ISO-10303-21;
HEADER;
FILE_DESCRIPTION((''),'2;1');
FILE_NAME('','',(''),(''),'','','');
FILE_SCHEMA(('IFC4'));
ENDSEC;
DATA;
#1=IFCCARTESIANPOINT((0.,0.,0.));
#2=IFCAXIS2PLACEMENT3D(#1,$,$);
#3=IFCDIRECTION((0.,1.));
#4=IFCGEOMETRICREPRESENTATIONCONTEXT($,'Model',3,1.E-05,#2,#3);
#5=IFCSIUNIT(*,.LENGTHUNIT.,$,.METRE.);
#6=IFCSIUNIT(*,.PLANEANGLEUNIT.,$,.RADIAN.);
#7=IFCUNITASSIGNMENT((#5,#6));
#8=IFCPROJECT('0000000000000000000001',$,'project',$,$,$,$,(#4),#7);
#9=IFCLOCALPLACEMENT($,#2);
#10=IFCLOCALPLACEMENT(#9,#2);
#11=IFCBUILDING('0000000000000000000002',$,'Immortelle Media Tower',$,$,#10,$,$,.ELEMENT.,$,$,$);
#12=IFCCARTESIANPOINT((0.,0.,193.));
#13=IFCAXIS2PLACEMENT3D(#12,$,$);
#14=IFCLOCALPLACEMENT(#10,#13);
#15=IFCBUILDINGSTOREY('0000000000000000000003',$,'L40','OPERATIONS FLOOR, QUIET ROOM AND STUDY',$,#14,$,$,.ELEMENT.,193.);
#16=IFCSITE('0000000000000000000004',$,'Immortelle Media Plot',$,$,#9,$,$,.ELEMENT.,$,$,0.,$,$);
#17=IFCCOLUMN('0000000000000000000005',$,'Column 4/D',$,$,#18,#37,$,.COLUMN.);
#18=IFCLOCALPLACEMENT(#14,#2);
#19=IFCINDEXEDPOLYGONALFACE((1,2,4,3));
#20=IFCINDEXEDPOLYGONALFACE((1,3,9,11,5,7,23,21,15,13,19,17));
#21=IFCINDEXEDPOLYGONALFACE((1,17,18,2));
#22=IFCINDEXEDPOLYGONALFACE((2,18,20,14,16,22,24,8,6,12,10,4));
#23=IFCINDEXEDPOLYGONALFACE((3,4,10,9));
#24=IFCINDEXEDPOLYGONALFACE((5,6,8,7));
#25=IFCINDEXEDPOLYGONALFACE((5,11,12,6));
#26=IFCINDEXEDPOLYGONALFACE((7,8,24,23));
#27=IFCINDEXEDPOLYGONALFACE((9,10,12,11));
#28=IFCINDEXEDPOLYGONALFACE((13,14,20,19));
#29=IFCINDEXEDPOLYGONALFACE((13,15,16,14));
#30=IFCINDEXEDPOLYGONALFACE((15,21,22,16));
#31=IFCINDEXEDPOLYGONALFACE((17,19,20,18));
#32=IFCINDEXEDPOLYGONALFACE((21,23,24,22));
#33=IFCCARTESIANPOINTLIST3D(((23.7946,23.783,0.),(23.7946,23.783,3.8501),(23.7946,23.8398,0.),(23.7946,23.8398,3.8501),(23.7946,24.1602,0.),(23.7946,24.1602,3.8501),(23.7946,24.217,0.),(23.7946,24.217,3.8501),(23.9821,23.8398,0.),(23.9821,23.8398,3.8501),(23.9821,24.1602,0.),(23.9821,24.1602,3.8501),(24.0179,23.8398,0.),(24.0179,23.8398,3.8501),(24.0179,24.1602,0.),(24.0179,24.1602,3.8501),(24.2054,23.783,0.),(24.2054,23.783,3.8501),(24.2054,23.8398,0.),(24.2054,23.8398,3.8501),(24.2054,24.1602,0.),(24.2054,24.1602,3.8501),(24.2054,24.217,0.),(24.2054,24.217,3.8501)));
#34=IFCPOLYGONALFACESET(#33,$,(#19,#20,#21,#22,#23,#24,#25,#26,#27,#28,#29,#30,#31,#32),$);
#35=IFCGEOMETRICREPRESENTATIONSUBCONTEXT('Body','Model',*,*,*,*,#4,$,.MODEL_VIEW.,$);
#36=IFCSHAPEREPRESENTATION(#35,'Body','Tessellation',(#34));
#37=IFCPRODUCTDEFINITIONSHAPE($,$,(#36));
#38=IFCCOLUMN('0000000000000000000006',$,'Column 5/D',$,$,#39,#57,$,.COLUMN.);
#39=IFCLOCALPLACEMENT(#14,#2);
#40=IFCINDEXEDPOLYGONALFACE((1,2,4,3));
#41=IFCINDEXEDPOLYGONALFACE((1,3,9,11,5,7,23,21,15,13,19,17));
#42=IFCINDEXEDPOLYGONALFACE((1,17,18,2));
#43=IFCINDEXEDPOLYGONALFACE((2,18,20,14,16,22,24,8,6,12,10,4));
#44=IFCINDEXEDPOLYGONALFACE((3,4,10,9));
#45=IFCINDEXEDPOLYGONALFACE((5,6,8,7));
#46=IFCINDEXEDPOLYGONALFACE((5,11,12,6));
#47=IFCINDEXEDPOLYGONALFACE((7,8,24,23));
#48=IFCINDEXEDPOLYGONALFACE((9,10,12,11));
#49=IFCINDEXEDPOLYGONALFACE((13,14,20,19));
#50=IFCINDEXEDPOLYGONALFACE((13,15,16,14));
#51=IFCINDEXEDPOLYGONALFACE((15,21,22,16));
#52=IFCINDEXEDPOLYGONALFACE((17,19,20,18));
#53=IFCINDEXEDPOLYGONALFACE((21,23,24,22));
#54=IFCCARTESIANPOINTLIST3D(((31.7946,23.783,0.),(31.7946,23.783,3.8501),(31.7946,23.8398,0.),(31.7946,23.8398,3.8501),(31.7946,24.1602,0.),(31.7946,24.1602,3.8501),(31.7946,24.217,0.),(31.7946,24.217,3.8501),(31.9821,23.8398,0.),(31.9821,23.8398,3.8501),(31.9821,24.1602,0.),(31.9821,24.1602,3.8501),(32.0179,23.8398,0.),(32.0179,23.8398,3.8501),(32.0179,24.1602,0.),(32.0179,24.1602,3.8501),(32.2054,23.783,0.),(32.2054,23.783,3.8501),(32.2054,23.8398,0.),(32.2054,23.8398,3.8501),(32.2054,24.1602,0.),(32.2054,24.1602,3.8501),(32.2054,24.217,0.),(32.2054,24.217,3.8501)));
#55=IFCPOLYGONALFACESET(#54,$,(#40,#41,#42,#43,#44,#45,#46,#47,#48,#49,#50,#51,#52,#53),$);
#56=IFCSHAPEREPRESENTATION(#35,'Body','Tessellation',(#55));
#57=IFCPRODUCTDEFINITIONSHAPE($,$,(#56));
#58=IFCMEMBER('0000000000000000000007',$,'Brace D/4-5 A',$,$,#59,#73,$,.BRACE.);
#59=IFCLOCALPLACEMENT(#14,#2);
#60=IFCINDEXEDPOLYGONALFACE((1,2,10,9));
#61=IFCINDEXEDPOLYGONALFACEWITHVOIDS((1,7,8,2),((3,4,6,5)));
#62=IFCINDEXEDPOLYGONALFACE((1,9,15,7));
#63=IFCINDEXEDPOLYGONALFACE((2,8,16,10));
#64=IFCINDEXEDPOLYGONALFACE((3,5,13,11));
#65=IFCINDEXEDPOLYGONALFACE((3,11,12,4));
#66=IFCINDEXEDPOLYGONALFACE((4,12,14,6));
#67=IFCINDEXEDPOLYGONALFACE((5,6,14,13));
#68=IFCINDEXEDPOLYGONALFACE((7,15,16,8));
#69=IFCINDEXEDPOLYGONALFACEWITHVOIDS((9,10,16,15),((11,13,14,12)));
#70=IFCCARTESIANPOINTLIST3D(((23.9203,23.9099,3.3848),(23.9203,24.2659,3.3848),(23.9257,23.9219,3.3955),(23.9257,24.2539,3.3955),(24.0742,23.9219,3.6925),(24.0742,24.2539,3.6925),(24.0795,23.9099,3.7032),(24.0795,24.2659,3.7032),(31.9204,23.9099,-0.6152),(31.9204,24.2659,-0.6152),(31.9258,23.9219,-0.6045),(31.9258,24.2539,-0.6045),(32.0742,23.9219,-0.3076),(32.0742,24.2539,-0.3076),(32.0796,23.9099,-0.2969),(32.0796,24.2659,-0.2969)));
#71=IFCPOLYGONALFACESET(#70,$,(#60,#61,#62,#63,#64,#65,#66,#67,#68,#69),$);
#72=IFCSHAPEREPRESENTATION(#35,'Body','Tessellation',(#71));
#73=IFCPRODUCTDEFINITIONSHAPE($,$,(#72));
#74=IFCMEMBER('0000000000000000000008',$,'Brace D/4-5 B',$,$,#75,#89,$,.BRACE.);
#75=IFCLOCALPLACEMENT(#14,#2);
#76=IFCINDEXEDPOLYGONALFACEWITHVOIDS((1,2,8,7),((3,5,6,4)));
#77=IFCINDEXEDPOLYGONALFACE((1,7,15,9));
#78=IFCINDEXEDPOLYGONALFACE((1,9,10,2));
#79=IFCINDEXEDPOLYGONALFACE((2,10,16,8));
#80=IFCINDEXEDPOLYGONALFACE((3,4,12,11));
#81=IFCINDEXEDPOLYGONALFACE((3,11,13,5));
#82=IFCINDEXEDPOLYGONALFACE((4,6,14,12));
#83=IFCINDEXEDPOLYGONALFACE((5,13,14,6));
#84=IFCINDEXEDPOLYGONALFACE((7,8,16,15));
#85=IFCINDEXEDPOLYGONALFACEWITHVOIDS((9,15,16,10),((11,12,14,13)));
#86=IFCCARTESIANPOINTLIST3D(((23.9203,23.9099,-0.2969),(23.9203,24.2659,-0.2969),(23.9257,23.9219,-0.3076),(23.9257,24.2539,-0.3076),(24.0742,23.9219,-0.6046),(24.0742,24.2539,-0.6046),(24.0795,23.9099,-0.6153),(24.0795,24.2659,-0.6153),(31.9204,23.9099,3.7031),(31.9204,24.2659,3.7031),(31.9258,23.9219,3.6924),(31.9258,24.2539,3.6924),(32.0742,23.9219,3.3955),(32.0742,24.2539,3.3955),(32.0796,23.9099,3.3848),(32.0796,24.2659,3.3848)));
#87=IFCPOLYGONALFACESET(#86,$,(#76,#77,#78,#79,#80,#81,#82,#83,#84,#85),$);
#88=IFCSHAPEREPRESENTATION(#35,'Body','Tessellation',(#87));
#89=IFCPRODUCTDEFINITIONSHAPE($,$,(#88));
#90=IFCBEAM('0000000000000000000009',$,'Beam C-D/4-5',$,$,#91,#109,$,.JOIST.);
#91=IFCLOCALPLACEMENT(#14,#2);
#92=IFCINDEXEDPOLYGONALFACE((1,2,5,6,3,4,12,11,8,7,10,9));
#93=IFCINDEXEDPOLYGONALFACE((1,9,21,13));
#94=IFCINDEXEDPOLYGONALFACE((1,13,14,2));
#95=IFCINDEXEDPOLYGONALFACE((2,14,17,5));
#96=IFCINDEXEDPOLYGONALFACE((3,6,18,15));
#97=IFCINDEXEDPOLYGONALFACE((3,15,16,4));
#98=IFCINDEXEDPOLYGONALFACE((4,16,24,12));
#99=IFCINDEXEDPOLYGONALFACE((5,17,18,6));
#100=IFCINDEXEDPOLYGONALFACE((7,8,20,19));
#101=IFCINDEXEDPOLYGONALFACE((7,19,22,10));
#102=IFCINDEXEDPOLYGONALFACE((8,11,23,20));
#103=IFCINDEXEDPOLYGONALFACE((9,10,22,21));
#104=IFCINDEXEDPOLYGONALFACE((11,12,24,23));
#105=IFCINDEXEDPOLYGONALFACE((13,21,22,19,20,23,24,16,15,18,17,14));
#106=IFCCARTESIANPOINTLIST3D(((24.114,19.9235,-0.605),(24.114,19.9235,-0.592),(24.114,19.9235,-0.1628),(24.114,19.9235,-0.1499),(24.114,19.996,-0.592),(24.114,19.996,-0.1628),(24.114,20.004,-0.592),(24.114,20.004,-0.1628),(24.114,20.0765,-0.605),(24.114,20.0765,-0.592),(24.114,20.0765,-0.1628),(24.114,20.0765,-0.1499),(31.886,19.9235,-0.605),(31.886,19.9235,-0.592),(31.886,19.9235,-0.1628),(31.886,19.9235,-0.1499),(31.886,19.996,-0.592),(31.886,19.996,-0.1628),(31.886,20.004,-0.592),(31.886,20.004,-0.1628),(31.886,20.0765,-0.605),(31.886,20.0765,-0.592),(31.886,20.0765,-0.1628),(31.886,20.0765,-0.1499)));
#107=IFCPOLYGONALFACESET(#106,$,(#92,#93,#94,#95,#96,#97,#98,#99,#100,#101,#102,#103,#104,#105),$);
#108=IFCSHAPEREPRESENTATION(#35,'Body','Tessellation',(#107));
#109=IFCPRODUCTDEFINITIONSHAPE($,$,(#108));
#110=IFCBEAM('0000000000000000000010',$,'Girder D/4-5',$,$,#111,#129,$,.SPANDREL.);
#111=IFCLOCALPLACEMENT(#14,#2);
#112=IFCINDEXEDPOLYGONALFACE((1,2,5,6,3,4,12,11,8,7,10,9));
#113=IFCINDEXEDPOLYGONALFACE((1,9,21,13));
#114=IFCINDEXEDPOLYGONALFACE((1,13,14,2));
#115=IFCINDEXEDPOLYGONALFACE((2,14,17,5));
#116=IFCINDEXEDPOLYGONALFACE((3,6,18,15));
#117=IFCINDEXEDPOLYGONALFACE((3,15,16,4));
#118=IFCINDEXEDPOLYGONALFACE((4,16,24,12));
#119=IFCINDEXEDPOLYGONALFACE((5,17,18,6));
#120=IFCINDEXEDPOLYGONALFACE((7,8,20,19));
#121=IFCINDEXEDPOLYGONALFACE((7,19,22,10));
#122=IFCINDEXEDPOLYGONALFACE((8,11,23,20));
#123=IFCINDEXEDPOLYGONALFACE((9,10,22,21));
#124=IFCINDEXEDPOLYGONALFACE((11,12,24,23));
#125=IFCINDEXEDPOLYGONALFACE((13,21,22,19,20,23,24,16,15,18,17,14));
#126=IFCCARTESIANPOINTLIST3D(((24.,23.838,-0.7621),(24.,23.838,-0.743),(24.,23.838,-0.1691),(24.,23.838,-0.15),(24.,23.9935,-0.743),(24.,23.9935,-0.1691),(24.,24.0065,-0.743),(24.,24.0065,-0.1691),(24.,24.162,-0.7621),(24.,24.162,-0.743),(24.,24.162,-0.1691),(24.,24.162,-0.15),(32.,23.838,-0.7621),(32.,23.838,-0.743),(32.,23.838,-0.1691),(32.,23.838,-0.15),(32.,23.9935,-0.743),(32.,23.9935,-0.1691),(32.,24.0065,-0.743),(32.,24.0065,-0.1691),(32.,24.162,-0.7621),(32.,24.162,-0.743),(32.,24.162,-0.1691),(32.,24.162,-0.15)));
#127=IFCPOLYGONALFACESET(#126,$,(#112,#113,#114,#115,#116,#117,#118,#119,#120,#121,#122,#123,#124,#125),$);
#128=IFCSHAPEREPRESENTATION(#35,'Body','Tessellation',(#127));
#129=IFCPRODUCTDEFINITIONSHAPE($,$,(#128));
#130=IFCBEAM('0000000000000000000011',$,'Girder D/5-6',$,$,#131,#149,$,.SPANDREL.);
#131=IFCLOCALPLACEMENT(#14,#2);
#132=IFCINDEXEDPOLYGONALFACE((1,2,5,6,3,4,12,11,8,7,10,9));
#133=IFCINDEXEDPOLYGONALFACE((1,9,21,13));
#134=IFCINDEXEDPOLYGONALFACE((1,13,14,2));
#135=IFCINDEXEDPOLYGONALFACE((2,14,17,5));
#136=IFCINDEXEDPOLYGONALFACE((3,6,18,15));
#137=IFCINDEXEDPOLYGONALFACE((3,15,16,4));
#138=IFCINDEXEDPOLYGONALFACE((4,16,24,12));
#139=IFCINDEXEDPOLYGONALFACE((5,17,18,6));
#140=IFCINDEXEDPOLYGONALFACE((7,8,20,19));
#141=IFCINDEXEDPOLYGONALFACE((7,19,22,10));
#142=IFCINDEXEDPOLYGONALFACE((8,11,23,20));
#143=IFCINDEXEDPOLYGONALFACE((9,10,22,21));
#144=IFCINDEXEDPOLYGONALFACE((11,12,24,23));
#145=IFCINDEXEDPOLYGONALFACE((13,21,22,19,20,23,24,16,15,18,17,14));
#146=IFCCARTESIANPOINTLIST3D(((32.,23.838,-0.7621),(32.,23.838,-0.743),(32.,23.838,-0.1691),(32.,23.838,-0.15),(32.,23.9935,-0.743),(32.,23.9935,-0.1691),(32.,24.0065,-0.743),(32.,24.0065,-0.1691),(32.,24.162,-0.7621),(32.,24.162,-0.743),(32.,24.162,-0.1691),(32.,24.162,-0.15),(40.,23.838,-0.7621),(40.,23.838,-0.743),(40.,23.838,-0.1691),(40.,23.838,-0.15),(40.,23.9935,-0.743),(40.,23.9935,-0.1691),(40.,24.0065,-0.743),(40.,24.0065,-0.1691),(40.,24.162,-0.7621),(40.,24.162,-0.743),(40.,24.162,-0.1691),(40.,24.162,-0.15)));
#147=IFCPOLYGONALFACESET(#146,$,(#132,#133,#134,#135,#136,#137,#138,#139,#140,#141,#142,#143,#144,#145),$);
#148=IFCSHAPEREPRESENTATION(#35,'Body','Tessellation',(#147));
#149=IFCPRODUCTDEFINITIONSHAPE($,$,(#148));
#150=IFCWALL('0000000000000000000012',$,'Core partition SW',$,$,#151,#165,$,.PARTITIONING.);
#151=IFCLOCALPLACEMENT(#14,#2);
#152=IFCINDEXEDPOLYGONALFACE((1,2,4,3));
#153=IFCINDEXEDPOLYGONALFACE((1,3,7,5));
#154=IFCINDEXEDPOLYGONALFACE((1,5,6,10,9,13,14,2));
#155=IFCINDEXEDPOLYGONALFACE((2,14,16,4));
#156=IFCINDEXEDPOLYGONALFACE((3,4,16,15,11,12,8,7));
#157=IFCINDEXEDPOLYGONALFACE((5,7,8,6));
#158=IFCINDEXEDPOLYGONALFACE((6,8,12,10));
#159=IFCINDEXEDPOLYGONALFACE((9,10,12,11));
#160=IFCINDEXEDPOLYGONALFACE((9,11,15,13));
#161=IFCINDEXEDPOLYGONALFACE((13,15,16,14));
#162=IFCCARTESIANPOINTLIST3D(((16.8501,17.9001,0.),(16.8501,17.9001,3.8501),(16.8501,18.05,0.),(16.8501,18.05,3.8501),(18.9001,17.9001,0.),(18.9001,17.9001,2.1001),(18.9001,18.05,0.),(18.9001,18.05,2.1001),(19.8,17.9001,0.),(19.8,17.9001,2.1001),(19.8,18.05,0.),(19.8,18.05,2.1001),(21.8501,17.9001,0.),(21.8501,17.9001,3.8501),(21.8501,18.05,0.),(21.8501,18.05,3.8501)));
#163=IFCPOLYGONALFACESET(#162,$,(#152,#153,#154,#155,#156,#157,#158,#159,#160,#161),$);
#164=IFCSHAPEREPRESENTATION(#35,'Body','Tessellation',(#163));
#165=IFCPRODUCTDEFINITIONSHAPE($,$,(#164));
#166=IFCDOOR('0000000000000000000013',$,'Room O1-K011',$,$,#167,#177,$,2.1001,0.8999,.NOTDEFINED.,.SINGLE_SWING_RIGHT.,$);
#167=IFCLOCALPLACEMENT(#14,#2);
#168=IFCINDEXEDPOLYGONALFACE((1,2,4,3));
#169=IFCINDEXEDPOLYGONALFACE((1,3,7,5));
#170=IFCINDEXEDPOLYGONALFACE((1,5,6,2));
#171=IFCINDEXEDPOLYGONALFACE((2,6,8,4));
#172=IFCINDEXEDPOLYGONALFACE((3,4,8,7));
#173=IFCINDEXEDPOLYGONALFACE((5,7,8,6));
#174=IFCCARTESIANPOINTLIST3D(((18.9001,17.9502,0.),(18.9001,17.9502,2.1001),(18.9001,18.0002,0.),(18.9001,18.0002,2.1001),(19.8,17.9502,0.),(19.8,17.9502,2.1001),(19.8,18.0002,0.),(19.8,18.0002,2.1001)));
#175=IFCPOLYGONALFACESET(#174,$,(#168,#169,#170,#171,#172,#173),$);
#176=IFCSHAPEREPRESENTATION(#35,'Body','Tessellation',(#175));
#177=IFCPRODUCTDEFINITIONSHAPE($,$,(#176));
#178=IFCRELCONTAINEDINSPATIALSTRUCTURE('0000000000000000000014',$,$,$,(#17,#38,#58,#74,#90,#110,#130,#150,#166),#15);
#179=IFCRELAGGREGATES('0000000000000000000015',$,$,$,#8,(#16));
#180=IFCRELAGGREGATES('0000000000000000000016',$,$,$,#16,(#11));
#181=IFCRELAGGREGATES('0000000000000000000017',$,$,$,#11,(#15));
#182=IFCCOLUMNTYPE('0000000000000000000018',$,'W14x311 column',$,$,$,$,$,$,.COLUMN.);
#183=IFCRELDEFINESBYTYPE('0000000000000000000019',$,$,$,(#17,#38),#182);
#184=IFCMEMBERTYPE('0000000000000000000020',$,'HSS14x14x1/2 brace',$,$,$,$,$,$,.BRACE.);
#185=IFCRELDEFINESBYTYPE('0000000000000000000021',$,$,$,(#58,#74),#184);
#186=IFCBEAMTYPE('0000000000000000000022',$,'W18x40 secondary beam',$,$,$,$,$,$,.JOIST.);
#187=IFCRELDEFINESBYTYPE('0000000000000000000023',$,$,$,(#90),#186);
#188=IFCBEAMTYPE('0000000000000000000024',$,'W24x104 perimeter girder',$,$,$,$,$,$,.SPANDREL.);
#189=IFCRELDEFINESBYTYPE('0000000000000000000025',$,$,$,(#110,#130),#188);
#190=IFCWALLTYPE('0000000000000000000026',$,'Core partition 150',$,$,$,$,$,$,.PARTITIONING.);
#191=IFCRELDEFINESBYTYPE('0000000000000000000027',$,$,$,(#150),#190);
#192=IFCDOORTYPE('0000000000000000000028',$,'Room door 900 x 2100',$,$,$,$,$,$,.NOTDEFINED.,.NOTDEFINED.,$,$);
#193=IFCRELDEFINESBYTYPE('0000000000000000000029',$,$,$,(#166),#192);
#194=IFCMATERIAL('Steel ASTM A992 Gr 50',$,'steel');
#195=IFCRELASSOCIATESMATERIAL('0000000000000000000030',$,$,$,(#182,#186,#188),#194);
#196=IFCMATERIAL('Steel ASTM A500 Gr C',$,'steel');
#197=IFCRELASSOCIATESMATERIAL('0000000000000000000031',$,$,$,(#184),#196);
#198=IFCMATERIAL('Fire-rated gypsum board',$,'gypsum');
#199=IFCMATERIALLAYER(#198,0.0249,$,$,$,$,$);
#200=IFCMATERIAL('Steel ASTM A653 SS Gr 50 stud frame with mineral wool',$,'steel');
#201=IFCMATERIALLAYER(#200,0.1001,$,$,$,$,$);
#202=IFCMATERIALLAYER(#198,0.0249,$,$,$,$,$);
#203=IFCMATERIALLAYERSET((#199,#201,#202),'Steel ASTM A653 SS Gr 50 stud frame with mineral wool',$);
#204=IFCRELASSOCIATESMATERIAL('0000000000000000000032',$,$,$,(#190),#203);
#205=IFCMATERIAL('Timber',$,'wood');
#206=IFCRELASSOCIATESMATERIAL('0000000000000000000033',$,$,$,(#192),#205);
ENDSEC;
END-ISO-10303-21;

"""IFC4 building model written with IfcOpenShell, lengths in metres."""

from ifc_helpers import new_model, si_unit, direction, frame, frame_2d, origin, origin_2d, place, context, subcontext, project, spatial, rectangle, hollow_rectangle, i_section, extrude, material, layer, layer_set, material_profile, profile_set, type_object, element, fill, save


model = new_model("IFC4")

# Units and contexts
model_context = context("Model", 3, precision=1e-05, world=origin(), true_north=direction((0.0, 1.0)))
body_context = subcontext(model_context, "Body", "Model", "MODEL_VIEW")
ifc_project = project(units=[si_unit("LENGTHUNIT", "METRE"), si_unit("PLANEANGLEUNIT", "RADIAN")], contexts=[model_context])

# Site, building, storey
site_placement = place(None, origin())
site = spatial("IfcSite", under=ifc_project, at=site_placement, Name="Immortelle Media Plot", CompositionType="ELEMENT", RefElevation=0.0)
building_placement = place(site_placement, origin())
building = spatial("IfcBuilding", under=site, at=building_placement, Name="Immortelle Media Tower", CompositionType="ELEMENT")
storey_placement = place(building_placement, frame((0.0, 0.0, 193.0)))
storey = spatial("IfcBuildingStorey", under=building, at=storey_placement, Name="L40", Description="OPERATIONS FLOOR, QUIET ROOM AND STUDY", CompositionType="ELEMENT", Elevation=193.0)

# Columns
ifc_material_1 = material(Name="Steel ASTM A992 Gr 50", Category="steel")
ifc_material_profile_1 = material_profile(ifc_material_1, i_section(OverallWidth=0.4109, OverallDepth=0.4341, WebThickness=0.0359, FlangeThickness=0.0569, at=origin_2d()), Name="W14x311")
ifc_profile_set_1 = profile_set([ifc_material_profile_1], Name="Steel ASTM A992 Gr 50")
column_type = type_object("IfcColumnType", Name="W14x311 column", PredefinedType="COLUMN", material=ifc_profile_set_1)
for number, where, z_axis, x_axis, name in (
    (1, (24.0, 24.0, 0.0), (0.0, 0.0, 1.0), (1.0, 0.0, 0.0), "Column 4/D"),
    (2, (32.0, 24.0, 0.0), (0.0, 0.0, 1.0), (1.0, 0.0, 0.0), "Column 5/D"),
):
    element("IfcColumn", number, at=place(storey_placement, frame(where, z_axis=z_axis, x_axis=x_axis)), inside=storey, type_object=column_type, Name=name, PredefinedType="COLUMN", context=body_context, shape_type="SweptSolid", body=[
        extrude(i_section(OverallWidth=0.4109, OverallDepth=0.4341, WebThickness=0.0359, FlangeThickness=0.0569, at=origin_2d()), origin(), (0.0, 0.0, 1.0), 3.8501),
    ])

# Members
ifc_material_2 = material(Name="Steel ASTM A500 Gr C", Category="steel")
ifc_material_profile_2 = material_profile(ifc_material_2, hollow_rectangle(XDim=0.356, YDim=0.356, WallThickness=0.012, at=origin_2d()), Name="HSS14x14x1/2 brace")
ifc_profile_set_2 = profile_set([ifc_material_profile_2], Name="Steel ASTM A500 Gr C")
member_type = type_object("IfcMemberType", Name="HSS14x14x1/2 brace", PredefinedType="BRACE", material=ifc_profile_set_2)
for number, where, z_axis, x_axis, name in (
    (3, (32.0, 24.0879, -0.4561), (-0.894427, 0.0, 0.447214), (0.0, -1.0, 0.0), "Brace D/4-5 A"),
    (4, (32.0, 24.0879, 3.5439), (-0.894427, 0.0, -0.447214), (0.0, -1.0, 0.0), "Brace D/4-5 B"),
):
    element("IfcMember", number, at=place(storey_placement, frame(where, z_axis=z_axis, x_axis=x_axis)), inside=storey, type_object=member_type, Name=name, PredefinedType="BRACE", context=body_context, shape_type="SweptSolid", body=[
        extrude(hollow_rectangle(XDim=0.356, YDim=0.356, WallThickness=0.012, at=origin_2d()), origin(), (0.0, 0.0, 1.0), 8.9443),
    ])

# Beams
ifc_material_profile_3 = material_profile(ifc_material_1, i_section(OverallWidth=0.1531, OverallDepth=0.4551, WebThickness=0.0081, FlangeThickness=0.0129, at=origin_2d()), Name="W18x40")
ifc_profile_set_3 = profile_set([ifc_material_profile_3], Name="Steel ASTM A992 Gr 50")
beam_type_1 = type_object("IfcBeamType", Name="W18x40 secondary beam", PredefinedType="JOIST", material=ifc_profile_set_3)
beam_placement = place(storey_placement, frame((24.114, 20.0, -0.3774), z_axis=(1.0, 0.0, 0.0), x_axis=(0.0, 1.0, 0.0)))
element("IfcBeam", 5, at=beam_placement, inside=storey, type_object=beam_type_1, Name="Beam C-D/4-5", PredefinedType="JOIST", context=body_context, shape_type="SweptSolid", body=[
    extrude(i_section(OverallWidth=0.1531, OverallDepth=0.4551, WebThickness=0.0081, FlangeThickness=0.0129, at=origin_2d()), origin(), (0.0, 0.0, 1.0), 7.772),
])
ifc_material_profile_4 = material_profile(ifc_material_1, i_section(OverallWidth=0.324, OverallDepth=0.6121, WebThickness=0.0129, FlangeThickness=0.019, at=origin_2d()), Name="W24x104")
ifc_profile_set_4 = profile_set([ifc_material_profile_4], Name="Steel ASTM A992 Gr 50")
beam_type_2 = type_object("IfcBeamType", Name="W24x104 perimeter girder", PredefinedType="SPANDREL", material=ifc_profile_set_4)
for number, where, z_axis, x_axis, name in (
    (6, (24.0, 24.0, -0.4561), (1.0, 0.0, 0.0), (0.0, 1.0, 0.0), "Girder D/4-5"),
    (7, (32.0, 24.0, -0.4561), (1.0, 0.0, 0.0), (0.0, 1.0, 0.0), "Girder D/5-6"),
):
    element("IfcBeam", number, at=place(storey_placement, frame(where, z_axis=z_axis, x_axis=x_axis)), inside=storey, type_object=beam_type_2, Name=name, PredefinedType="SPANDREL", context=body_context, shape_type="SweptSolid", body=[
        extrude(i_section(OverallWidth=0.324, OverallDepth=0.6121, WebThickness=0.0129, FlangeThickness=0.019, at=origin_2d()), origin(), (0.0, 0.0, 1.0), 8.0),
    ])

# Wall, opening, door
ifc_material_3 = material(Name="Fire-rated gypsum board", Category="gypsum")
ifc_layer_1 = layer(ifc_material_3, 0.0249)
ifc_material_4 = material(Name="Steel ASTM A653 SS Gr 50 stud frame with mineral wool", Category="steel")
ifc_layer_2 = layer(ifc_material_4, 0.1001)
ifc_layer_3 = layer(ifc_material_3, 0.0249)
ifc_layer_set_1 = layer_set([ifc_layer_1, ifc_layer_2, ifc_layer_3], Name="Steel ASTM A653 SS Gr 50 stud frame with mineral wool")
wall_type_1 = type_object("IfcWallType", Name="Core partition 150", PredefinedType="PARTITIONING", material=ifc_layer_set_1)
wall_1_placement = place(storey_placement, frame((16.8501, 17.9751, 0.0), z_axis=(0.0, 0.0, 1.0), x_axis=(1.0, 0.0, 0.0)))
wall_1 = element("IfcWall", 8, at=wall_1_placement, inside=storey, type_object=wall_type_1, Name="Core partition SW", PredefinedType="PARTITIONING", context=body_context, shape_type="SweptSolid", body=[
    extrude(rectangle(XDim=5.0, YDim=0.1499, at=frame_2d((2.5, 0.0))), origin(), (0.0, 0.0, 1.0), 3.8501),
])
opening_1_placement = place(wall_1_placement, frame((2.95, 0.0, 0.0), z_axis=(0.0, 0.0, 1.0), x_axis=(-1.0, 0.0, 0.0)))
opening_1 = element("IfcOpeningElement", 9, at=opening_1_placement, cuts=wall_1, PredefinedType="OPENING", context=body_context, shape_type="SweptSolid", body=[
    extrude(rectangle(XDim=0.8999, YDim=2.1001, at=frame_2d((0.45, 1.05))), frame((0.0, 0.085, 0.0), z_axis=(0.0, -1.0, 0.0), x_axis=(1.0, 0.0, 0.0)), (0.0, 0.0, 1.0), 0.1699),
])
ifc_material_5 = material(Name="Timber", Category="wood")
door_type_1 = type_object("IfcDoorType", Name="Room door 900 x 2100", OperationType="NOTDEFINED", PredefinedType="NOTDEFINED", material=ifc_material_5)
door_1_placement = place(opening_1_placement, origin())
door_1 = element("IfcDoor", 10, at=door_1_placement, inside=storey, type_object=door_type_1, Name="Room O1-K011", OperationType="SINGLE_SWING_RIGHT", OverallHeight=2.1001, OverallWidth=0.8999, PredefinedType="NOTDEFINED", context=body_context, shape_type="SweptSolid", body=[
    extrude(rectangle(XDim=0.8999, YDim=2.1001, at=frame_2d((0.45, 1.05))), frame((0.0, 0.0249, 0.0), z_axis=(0.0, -1.0, 0.0), x_axis=(1.0, 0.0, 0.0)), (0.0, 0.0, 1.0), 0.05),
])
fill(opening_1, door_1)

save(model, "model.ifc")
